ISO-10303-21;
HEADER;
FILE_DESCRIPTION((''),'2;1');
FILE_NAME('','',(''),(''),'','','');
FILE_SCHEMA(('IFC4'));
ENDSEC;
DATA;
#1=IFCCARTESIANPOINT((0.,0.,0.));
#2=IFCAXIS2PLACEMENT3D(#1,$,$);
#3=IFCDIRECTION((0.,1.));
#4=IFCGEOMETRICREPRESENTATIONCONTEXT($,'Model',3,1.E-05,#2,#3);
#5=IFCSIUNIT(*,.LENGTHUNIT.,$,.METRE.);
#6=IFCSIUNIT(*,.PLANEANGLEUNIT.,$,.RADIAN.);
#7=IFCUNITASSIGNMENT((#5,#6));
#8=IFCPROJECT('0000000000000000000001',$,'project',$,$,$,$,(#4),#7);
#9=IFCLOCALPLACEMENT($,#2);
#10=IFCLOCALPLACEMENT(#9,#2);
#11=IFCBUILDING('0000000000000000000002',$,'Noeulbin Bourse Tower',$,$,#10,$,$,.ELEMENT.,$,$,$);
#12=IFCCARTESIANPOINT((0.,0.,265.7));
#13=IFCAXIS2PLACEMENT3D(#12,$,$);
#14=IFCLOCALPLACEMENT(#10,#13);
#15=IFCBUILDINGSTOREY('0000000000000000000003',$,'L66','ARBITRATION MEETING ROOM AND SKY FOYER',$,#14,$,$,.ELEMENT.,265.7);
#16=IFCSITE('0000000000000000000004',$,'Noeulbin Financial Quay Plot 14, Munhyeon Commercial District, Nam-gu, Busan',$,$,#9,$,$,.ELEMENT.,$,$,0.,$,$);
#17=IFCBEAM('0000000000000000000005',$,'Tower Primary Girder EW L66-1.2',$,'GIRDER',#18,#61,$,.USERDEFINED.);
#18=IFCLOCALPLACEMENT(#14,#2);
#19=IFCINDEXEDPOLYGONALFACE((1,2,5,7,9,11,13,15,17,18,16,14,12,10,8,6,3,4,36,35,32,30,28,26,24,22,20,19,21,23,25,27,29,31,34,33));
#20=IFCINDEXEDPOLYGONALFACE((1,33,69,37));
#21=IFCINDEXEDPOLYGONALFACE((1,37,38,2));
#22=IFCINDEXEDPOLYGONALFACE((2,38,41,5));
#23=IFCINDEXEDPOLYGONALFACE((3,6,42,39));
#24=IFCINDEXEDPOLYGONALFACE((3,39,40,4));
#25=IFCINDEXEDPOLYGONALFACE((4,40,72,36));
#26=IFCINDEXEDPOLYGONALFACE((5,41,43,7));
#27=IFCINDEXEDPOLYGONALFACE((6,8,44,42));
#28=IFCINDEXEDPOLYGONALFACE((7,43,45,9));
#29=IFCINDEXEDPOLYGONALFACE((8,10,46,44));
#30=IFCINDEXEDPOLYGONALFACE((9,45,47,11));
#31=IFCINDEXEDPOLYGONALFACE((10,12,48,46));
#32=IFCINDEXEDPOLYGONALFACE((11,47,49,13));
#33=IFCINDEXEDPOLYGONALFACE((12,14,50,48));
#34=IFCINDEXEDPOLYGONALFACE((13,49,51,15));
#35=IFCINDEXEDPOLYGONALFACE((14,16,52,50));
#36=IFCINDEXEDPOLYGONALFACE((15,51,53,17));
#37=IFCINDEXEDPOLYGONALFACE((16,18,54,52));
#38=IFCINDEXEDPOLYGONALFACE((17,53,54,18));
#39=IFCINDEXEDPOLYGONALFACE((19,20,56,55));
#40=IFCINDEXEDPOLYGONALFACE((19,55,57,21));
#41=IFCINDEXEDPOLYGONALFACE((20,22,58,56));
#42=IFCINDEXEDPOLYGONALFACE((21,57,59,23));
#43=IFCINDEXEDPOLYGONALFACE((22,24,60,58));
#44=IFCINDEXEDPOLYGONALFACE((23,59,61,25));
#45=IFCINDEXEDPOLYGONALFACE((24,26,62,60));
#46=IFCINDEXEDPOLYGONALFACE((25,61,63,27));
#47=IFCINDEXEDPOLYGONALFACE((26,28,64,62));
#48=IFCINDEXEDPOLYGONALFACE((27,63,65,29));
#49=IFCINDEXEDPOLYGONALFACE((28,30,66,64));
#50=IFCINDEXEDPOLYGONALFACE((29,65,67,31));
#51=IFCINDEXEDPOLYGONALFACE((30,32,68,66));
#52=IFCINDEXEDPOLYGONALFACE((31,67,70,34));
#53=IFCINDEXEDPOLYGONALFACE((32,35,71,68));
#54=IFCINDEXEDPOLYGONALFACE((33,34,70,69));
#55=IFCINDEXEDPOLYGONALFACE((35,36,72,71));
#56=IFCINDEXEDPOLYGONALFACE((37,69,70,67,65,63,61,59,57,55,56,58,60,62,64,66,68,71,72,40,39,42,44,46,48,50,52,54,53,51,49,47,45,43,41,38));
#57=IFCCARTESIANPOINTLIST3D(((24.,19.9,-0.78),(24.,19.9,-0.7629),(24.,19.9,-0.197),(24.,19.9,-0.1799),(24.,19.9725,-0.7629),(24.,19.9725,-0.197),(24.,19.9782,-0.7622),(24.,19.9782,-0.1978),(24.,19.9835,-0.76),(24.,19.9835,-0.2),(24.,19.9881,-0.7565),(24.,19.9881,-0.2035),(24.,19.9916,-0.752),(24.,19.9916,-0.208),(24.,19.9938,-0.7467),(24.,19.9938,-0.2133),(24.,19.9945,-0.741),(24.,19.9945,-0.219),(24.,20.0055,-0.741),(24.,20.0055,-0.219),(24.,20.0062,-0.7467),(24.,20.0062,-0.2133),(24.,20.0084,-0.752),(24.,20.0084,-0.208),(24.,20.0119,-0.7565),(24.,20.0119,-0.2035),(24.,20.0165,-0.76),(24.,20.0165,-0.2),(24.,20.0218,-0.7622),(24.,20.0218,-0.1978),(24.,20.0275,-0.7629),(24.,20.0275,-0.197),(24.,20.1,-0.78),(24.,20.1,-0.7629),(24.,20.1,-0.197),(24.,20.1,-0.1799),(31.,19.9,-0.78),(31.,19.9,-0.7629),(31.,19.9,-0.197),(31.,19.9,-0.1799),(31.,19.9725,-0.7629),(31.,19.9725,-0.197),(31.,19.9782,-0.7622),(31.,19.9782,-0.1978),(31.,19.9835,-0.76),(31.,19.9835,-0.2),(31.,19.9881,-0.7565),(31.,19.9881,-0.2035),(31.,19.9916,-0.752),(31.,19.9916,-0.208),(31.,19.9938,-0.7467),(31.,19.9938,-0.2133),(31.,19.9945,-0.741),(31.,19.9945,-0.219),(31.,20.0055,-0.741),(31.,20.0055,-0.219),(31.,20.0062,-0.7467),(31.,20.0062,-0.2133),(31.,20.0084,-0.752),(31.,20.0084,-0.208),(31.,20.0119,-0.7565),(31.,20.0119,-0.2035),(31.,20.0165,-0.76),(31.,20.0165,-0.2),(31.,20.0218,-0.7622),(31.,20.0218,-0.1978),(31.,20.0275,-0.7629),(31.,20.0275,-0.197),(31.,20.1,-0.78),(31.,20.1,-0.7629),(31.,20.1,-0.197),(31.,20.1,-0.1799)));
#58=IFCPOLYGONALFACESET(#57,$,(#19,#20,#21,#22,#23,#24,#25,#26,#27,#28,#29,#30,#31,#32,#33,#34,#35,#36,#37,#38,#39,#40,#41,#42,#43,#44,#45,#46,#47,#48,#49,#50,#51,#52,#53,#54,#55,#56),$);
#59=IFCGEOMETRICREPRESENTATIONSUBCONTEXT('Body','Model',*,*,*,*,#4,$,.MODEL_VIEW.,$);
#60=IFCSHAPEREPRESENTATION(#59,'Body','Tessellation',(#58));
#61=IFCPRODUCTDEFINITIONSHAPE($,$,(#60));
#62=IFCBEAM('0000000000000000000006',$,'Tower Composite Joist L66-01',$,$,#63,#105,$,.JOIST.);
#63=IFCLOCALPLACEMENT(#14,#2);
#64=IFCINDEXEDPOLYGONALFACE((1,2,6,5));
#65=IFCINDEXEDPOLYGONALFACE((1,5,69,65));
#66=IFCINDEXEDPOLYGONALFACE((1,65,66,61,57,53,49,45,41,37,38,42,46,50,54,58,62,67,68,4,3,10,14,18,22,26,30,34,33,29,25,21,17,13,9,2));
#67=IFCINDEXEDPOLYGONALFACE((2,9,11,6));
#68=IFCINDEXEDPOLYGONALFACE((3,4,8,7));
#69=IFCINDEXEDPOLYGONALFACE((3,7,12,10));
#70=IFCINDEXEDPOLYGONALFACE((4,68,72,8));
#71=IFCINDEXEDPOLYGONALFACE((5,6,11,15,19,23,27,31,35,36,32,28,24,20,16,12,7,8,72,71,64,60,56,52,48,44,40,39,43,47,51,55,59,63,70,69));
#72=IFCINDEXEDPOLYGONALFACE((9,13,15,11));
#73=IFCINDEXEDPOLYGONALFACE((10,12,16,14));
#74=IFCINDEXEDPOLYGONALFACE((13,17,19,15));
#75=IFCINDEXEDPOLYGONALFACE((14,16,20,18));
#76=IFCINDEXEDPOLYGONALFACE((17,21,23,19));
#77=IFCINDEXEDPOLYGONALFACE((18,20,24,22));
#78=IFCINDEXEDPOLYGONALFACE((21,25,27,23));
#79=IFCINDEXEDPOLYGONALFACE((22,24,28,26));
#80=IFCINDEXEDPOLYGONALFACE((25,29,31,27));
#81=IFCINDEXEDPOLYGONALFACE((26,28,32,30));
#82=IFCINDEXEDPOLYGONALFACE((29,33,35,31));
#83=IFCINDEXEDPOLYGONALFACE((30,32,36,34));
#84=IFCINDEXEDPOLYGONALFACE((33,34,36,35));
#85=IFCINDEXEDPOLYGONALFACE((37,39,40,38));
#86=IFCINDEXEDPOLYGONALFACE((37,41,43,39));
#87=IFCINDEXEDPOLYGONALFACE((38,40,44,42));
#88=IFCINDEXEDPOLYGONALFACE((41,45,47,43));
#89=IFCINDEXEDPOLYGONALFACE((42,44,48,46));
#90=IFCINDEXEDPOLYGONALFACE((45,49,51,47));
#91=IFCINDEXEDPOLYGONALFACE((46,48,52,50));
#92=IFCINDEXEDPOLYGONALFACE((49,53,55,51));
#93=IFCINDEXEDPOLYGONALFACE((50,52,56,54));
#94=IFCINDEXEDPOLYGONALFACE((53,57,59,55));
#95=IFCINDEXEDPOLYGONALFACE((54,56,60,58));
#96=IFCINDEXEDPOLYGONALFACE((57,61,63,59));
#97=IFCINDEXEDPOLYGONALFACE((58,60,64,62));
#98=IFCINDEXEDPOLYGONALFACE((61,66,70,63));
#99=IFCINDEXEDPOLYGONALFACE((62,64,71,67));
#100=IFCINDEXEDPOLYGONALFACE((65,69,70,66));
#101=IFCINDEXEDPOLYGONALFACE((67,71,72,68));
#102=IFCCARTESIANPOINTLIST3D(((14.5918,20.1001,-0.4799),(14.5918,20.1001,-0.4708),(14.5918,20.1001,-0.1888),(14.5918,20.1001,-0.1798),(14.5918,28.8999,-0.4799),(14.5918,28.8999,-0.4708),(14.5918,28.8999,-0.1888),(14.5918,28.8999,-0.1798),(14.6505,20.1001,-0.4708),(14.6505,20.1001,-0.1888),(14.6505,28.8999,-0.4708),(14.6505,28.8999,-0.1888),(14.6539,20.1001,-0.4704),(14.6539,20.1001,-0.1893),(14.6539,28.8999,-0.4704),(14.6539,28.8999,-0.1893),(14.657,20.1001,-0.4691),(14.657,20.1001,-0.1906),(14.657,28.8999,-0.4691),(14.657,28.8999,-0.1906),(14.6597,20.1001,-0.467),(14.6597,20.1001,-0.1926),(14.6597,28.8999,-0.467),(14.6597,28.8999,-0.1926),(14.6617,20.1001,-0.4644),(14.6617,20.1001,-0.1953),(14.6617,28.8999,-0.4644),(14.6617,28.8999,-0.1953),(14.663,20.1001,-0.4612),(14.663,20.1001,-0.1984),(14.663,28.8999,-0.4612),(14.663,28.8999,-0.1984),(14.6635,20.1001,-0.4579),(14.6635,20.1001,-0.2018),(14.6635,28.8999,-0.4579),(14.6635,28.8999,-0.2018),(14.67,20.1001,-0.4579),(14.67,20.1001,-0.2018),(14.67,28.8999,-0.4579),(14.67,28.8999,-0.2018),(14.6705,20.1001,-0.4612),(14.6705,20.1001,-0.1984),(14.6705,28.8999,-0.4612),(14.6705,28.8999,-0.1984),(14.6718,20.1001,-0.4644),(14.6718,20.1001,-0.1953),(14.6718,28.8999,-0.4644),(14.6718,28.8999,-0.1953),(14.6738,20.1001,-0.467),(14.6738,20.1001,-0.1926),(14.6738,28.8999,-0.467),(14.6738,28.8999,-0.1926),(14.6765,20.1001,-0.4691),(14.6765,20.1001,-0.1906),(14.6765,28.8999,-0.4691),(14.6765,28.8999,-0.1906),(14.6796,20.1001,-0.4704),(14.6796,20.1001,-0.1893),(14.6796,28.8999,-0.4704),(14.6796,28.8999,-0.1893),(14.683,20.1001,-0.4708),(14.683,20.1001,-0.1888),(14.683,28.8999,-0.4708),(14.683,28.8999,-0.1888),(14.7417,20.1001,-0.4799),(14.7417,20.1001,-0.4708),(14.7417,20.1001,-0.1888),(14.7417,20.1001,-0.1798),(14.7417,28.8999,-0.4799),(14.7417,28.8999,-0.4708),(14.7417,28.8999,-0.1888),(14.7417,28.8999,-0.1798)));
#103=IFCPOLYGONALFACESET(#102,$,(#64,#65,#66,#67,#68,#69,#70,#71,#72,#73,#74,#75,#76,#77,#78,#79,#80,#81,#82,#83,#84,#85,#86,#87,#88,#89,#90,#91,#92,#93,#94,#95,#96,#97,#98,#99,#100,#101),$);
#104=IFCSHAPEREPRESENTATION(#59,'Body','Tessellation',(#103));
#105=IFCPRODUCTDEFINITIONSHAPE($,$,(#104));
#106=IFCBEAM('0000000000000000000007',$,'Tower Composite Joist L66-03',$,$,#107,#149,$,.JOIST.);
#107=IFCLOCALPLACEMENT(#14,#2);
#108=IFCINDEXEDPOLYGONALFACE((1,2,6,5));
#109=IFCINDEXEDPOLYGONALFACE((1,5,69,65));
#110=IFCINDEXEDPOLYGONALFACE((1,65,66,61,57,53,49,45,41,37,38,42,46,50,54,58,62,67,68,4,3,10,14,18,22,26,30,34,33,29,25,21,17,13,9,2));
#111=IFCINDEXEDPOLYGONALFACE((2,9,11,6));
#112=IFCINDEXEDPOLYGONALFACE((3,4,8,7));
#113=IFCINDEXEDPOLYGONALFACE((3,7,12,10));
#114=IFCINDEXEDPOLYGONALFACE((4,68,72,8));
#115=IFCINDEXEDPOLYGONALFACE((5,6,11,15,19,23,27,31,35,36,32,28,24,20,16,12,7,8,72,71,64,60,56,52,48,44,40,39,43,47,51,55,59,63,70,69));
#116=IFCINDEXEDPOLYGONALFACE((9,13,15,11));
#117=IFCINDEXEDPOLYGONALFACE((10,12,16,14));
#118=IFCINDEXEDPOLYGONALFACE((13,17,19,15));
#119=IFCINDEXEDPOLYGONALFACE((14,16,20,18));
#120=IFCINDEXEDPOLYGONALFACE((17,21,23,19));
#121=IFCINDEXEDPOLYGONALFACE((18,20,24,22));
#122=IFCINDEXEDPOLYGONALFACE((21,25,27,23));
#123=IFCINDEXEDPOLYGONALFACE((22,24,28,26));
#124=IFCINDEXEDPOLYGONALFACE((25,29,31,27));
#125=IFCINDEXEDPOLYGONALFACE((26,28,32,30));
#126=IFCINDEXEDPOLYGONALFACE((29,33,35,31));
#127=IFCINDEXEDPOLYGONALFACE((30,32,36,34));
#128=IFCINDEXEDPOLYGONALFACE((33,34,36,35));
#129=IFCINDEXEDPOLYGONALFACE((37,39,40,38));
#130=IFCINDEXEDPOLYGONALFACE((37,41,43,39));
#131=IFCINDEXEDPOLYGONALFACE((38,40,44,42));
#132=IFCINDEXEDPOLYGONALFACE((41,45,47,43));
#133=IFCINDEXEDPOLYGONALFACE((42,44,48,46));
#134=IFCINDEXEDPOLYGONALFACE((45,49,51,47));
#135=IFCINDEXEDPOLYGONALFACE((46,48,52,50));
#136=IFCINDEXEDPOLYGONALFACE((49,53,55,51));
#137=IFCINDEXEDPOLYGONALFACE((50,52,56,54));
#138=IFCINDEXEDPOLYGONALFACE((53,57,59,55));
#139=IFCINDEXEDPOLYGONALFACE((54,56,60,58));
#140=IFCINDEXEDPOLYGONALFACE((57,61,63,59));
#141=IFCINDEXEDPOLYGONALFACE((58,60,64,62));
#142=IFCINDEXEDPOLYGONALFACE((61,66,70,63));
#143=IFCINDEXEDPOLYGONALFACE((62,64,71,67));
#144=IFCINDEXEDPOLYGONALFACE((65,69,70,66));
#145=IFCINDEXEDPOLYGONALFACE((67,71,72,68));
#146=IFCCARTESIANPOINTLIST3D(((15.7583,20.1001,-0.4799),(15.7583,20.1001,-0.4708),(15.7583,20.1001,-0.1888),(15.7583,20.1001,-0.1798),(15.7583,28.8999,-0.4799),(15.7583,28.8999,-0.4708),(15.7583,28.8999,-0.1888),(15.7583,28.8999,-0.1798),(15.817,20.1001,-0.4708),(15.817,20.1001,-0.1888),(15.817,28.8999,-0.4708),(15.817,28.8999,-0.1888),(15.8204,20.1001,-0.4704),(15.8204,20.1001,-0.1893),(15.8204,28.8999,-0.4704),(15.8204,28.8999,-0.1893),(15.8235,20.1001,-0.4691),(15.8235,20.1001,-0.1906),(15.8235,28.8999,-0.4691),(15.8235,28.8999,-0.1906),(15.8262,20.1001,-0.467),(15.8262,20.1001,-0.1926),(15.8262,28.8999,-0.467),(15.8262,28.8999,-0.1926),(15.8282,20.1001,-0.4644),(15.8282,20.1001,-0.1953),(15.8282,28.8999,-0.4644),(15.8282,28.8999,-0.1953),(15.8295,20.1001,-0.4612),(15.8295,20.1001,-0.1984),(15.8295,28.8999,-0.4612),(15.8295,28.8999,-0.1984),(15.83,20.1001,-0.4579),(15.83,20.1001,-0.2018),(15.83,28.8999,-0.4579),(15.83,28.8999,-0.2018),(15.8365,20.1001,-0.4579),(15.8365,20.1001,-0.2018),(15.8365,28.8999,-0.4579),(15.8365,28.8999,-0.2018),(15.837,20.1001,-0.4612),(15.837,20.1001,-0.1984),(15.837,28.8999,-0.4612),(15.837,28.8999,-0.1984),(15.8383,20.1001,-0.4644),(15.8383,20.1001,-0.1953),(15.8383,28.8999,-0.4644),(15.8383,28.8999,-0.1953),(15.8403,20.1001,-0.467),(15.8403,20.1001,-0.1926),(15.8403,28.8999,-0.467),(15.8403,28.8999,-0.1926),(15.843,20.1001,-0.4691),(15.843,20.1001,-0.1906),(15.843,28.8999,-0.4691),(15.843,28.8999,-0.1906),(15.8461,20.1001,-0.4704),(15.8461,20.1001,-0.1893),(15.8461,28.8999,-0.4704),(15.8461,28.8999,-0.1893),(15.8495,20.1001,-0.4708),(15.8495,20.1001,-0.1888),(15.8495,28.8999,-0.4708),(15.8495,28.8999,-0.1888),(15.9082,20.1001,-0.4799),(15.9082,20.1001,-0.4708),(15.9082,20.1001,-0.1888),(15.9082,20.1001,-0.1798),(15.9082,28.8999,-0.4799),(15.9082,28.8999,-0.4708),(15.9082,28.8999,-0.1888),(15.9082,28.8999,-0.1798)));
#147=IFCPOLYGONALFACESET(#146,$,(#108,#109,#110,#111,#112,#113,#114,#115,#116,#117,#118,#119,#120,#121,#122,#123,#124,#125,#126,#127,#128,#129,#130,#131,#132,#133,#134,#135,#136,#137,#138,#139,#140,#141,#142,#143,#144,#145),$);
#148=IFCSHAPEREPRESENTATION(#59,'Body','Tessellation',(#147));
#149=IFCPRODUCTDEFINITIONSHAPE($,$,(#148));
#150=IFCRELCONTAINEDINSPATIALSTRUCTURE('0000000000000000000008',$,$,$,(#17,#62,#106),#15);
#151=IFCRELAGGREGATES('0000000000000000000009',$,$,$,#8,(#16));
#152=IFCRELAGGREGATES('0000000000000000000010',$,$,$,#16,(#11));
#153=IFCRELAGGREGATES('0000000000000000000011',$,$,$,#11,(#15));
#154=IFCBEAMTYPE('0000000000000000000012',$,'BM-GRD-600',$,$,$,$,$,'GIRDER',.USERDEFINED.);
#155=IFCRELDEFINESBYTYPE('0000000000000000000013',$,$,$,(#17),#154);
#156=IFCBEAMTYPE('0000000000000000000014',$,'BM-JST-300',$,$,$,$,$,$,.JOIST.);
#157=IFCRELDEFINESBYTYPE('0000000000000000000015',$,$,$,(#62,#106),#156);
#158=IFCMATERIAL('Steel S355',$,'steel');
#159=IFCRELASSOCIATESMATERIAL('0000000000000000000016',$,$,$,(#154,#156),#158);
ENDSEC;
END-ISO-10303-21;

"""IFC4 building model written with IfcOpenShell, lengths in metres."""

from ifc_helpers import new_model, si_unit, direction, frame, origin, origin_2d, place, context, subcontext, project, spatial, i_section, extrude, material, material_profile, profile_set, type_object, element, save


model = new_model("IFC4")

# Units and contexts
model_context = context("Model", 3, precision=1e-05, world=origin(), true_north=direction((0.0, 1.0)))
body_context = subcontext(model_context, "Body", "Model", "MODEL_VIEW")
ifc_project = project(units=[si_unit("LENGTHUNIT", "METRE"), si_unit("PLANEANGLEUNIT", "RADIAN")], contexts=[model_context])

# Site, building, storey
site_placement = place(None, origin())
site = spatial("IfcSite", under=ifc_project, at=site_placement, Name="Noeulbin Financial Quay Plot 14, Munhyeon Commercial District, Nam-gu, Busan", CompositionType="ELEMENT", RefElevation=0.0)
building_placement = place(site_placement, origin())
building = spatial("IfcBuilding", under=site, at=building_placement, Name="Noeulbin Bourse Tower", CompositionType="ELEMENT")
storey_placement = place(building_placement, frame((0.0, 0.0, 265.7)))
storey = spatial("IfcBuildingStorey", under=building, at=storey_placement, Name="L66", Description="ARBITRATION MEETING ROOM AND SKY FOYER", CompositionType="ELEMENT", Elevation=265.7)

# Shared definitions
ifc_material_1 = material(Name="Steel S355", Category="steel")

# Beams
ifc_material_profile_1 = material_profile(ifc_material_1, i_section(OverallWidth=0.2, OverallDepth=0.6001, WebThickness=0.011, FlangeThickness=0.0171, FilletRadius=0.022, at=origin_2d()), Name="H-600x200x11x17", Category="LoadBearing")
ifc_profile_set_1 = profile_set([ifc_material_profile_1], Name="Steel S355")
beam_type_1 = type_object("IfcBeamType", Name="BM-GRD-600", ElementType="GIRDER", PredefinedType="USERDEFINED", material=ifc_profile_set_1)
beam_1_placement = place(storey_placement, frame((24.0, 20.0, -0.48), z_axis=(1.0, 0.0, 0.0), x_axis=(0.0, 1.0, 0.0)))
element("IfcBeam", 1, at=beam_1_placement, inside=storey, type_object=beam_type_1, Name="Tower Primary Girder EW L66-1.2", ObjectType="GIRDER", PredefinedType="USERDEFINED", context=body_context, shape_type="SweptSolid", body=[
    extrude(i_section(OverallWidth=0.2, OverallDepth=0.6001, WebThickness=0.011, FlangeThickness=0.0171, FilletRadius=0.022, at=origin_2d()), origin(), (0.0, 0.0, 1.0), 7.0),
])
ifc_material_profile_2 = material_profile(ifc_material_1, i_section(OverallWidth=0.1499, OverallDepth=0.3, WebThickness=0.0066, FlangeThickness=0.009, FilletRadius=0.0129, at=origin_2d()), Name="H-300x150x6.5x9", Category="LoadBearing")
ifc_profile_set_2 = profile_set([ifc_material_profile_2], Name="Steel S355")
beam_type_2 = type_object("IfcBeamType", Name="BM-JST-300", PredefinedType="JOIST", material=ifc_profile_set_2)
for number, where, z_axis, x_axis, name in (
    (2, (14.6667, 20.1001, -0.3298), (0.0, 1.0, 0.0), (-1.0, 0.0, 0.0), "Tower Composite Joist L66-01"),
    (3, (15.8333, 20.1001, -0.3298), (0.0, 1.0, 0.0), (-1.0, 0.0, 0.0), "Tower Composite Joist L66-03"),
):
    element("IfcBeam", number, at=place(storey_placement, frame(where, z_axis=z_axis, x_axis=x_axis)), inside=storey, type_object=beam_type_2, Name=name, PredefinedType="JOIST", context=body_context, shape_type="SweptSolid", body=[
        extrude(i_section(OverallWidth=0.1499, OverallDepth=0.3, WebThickness=0.0066, FlangeThickness=0.009, FilletRadius=0.0129, at=origin_2d()), origin(), (0.0, 0.0, 1.0), 8.7998),
    ])

save(model, "model.ifc")
